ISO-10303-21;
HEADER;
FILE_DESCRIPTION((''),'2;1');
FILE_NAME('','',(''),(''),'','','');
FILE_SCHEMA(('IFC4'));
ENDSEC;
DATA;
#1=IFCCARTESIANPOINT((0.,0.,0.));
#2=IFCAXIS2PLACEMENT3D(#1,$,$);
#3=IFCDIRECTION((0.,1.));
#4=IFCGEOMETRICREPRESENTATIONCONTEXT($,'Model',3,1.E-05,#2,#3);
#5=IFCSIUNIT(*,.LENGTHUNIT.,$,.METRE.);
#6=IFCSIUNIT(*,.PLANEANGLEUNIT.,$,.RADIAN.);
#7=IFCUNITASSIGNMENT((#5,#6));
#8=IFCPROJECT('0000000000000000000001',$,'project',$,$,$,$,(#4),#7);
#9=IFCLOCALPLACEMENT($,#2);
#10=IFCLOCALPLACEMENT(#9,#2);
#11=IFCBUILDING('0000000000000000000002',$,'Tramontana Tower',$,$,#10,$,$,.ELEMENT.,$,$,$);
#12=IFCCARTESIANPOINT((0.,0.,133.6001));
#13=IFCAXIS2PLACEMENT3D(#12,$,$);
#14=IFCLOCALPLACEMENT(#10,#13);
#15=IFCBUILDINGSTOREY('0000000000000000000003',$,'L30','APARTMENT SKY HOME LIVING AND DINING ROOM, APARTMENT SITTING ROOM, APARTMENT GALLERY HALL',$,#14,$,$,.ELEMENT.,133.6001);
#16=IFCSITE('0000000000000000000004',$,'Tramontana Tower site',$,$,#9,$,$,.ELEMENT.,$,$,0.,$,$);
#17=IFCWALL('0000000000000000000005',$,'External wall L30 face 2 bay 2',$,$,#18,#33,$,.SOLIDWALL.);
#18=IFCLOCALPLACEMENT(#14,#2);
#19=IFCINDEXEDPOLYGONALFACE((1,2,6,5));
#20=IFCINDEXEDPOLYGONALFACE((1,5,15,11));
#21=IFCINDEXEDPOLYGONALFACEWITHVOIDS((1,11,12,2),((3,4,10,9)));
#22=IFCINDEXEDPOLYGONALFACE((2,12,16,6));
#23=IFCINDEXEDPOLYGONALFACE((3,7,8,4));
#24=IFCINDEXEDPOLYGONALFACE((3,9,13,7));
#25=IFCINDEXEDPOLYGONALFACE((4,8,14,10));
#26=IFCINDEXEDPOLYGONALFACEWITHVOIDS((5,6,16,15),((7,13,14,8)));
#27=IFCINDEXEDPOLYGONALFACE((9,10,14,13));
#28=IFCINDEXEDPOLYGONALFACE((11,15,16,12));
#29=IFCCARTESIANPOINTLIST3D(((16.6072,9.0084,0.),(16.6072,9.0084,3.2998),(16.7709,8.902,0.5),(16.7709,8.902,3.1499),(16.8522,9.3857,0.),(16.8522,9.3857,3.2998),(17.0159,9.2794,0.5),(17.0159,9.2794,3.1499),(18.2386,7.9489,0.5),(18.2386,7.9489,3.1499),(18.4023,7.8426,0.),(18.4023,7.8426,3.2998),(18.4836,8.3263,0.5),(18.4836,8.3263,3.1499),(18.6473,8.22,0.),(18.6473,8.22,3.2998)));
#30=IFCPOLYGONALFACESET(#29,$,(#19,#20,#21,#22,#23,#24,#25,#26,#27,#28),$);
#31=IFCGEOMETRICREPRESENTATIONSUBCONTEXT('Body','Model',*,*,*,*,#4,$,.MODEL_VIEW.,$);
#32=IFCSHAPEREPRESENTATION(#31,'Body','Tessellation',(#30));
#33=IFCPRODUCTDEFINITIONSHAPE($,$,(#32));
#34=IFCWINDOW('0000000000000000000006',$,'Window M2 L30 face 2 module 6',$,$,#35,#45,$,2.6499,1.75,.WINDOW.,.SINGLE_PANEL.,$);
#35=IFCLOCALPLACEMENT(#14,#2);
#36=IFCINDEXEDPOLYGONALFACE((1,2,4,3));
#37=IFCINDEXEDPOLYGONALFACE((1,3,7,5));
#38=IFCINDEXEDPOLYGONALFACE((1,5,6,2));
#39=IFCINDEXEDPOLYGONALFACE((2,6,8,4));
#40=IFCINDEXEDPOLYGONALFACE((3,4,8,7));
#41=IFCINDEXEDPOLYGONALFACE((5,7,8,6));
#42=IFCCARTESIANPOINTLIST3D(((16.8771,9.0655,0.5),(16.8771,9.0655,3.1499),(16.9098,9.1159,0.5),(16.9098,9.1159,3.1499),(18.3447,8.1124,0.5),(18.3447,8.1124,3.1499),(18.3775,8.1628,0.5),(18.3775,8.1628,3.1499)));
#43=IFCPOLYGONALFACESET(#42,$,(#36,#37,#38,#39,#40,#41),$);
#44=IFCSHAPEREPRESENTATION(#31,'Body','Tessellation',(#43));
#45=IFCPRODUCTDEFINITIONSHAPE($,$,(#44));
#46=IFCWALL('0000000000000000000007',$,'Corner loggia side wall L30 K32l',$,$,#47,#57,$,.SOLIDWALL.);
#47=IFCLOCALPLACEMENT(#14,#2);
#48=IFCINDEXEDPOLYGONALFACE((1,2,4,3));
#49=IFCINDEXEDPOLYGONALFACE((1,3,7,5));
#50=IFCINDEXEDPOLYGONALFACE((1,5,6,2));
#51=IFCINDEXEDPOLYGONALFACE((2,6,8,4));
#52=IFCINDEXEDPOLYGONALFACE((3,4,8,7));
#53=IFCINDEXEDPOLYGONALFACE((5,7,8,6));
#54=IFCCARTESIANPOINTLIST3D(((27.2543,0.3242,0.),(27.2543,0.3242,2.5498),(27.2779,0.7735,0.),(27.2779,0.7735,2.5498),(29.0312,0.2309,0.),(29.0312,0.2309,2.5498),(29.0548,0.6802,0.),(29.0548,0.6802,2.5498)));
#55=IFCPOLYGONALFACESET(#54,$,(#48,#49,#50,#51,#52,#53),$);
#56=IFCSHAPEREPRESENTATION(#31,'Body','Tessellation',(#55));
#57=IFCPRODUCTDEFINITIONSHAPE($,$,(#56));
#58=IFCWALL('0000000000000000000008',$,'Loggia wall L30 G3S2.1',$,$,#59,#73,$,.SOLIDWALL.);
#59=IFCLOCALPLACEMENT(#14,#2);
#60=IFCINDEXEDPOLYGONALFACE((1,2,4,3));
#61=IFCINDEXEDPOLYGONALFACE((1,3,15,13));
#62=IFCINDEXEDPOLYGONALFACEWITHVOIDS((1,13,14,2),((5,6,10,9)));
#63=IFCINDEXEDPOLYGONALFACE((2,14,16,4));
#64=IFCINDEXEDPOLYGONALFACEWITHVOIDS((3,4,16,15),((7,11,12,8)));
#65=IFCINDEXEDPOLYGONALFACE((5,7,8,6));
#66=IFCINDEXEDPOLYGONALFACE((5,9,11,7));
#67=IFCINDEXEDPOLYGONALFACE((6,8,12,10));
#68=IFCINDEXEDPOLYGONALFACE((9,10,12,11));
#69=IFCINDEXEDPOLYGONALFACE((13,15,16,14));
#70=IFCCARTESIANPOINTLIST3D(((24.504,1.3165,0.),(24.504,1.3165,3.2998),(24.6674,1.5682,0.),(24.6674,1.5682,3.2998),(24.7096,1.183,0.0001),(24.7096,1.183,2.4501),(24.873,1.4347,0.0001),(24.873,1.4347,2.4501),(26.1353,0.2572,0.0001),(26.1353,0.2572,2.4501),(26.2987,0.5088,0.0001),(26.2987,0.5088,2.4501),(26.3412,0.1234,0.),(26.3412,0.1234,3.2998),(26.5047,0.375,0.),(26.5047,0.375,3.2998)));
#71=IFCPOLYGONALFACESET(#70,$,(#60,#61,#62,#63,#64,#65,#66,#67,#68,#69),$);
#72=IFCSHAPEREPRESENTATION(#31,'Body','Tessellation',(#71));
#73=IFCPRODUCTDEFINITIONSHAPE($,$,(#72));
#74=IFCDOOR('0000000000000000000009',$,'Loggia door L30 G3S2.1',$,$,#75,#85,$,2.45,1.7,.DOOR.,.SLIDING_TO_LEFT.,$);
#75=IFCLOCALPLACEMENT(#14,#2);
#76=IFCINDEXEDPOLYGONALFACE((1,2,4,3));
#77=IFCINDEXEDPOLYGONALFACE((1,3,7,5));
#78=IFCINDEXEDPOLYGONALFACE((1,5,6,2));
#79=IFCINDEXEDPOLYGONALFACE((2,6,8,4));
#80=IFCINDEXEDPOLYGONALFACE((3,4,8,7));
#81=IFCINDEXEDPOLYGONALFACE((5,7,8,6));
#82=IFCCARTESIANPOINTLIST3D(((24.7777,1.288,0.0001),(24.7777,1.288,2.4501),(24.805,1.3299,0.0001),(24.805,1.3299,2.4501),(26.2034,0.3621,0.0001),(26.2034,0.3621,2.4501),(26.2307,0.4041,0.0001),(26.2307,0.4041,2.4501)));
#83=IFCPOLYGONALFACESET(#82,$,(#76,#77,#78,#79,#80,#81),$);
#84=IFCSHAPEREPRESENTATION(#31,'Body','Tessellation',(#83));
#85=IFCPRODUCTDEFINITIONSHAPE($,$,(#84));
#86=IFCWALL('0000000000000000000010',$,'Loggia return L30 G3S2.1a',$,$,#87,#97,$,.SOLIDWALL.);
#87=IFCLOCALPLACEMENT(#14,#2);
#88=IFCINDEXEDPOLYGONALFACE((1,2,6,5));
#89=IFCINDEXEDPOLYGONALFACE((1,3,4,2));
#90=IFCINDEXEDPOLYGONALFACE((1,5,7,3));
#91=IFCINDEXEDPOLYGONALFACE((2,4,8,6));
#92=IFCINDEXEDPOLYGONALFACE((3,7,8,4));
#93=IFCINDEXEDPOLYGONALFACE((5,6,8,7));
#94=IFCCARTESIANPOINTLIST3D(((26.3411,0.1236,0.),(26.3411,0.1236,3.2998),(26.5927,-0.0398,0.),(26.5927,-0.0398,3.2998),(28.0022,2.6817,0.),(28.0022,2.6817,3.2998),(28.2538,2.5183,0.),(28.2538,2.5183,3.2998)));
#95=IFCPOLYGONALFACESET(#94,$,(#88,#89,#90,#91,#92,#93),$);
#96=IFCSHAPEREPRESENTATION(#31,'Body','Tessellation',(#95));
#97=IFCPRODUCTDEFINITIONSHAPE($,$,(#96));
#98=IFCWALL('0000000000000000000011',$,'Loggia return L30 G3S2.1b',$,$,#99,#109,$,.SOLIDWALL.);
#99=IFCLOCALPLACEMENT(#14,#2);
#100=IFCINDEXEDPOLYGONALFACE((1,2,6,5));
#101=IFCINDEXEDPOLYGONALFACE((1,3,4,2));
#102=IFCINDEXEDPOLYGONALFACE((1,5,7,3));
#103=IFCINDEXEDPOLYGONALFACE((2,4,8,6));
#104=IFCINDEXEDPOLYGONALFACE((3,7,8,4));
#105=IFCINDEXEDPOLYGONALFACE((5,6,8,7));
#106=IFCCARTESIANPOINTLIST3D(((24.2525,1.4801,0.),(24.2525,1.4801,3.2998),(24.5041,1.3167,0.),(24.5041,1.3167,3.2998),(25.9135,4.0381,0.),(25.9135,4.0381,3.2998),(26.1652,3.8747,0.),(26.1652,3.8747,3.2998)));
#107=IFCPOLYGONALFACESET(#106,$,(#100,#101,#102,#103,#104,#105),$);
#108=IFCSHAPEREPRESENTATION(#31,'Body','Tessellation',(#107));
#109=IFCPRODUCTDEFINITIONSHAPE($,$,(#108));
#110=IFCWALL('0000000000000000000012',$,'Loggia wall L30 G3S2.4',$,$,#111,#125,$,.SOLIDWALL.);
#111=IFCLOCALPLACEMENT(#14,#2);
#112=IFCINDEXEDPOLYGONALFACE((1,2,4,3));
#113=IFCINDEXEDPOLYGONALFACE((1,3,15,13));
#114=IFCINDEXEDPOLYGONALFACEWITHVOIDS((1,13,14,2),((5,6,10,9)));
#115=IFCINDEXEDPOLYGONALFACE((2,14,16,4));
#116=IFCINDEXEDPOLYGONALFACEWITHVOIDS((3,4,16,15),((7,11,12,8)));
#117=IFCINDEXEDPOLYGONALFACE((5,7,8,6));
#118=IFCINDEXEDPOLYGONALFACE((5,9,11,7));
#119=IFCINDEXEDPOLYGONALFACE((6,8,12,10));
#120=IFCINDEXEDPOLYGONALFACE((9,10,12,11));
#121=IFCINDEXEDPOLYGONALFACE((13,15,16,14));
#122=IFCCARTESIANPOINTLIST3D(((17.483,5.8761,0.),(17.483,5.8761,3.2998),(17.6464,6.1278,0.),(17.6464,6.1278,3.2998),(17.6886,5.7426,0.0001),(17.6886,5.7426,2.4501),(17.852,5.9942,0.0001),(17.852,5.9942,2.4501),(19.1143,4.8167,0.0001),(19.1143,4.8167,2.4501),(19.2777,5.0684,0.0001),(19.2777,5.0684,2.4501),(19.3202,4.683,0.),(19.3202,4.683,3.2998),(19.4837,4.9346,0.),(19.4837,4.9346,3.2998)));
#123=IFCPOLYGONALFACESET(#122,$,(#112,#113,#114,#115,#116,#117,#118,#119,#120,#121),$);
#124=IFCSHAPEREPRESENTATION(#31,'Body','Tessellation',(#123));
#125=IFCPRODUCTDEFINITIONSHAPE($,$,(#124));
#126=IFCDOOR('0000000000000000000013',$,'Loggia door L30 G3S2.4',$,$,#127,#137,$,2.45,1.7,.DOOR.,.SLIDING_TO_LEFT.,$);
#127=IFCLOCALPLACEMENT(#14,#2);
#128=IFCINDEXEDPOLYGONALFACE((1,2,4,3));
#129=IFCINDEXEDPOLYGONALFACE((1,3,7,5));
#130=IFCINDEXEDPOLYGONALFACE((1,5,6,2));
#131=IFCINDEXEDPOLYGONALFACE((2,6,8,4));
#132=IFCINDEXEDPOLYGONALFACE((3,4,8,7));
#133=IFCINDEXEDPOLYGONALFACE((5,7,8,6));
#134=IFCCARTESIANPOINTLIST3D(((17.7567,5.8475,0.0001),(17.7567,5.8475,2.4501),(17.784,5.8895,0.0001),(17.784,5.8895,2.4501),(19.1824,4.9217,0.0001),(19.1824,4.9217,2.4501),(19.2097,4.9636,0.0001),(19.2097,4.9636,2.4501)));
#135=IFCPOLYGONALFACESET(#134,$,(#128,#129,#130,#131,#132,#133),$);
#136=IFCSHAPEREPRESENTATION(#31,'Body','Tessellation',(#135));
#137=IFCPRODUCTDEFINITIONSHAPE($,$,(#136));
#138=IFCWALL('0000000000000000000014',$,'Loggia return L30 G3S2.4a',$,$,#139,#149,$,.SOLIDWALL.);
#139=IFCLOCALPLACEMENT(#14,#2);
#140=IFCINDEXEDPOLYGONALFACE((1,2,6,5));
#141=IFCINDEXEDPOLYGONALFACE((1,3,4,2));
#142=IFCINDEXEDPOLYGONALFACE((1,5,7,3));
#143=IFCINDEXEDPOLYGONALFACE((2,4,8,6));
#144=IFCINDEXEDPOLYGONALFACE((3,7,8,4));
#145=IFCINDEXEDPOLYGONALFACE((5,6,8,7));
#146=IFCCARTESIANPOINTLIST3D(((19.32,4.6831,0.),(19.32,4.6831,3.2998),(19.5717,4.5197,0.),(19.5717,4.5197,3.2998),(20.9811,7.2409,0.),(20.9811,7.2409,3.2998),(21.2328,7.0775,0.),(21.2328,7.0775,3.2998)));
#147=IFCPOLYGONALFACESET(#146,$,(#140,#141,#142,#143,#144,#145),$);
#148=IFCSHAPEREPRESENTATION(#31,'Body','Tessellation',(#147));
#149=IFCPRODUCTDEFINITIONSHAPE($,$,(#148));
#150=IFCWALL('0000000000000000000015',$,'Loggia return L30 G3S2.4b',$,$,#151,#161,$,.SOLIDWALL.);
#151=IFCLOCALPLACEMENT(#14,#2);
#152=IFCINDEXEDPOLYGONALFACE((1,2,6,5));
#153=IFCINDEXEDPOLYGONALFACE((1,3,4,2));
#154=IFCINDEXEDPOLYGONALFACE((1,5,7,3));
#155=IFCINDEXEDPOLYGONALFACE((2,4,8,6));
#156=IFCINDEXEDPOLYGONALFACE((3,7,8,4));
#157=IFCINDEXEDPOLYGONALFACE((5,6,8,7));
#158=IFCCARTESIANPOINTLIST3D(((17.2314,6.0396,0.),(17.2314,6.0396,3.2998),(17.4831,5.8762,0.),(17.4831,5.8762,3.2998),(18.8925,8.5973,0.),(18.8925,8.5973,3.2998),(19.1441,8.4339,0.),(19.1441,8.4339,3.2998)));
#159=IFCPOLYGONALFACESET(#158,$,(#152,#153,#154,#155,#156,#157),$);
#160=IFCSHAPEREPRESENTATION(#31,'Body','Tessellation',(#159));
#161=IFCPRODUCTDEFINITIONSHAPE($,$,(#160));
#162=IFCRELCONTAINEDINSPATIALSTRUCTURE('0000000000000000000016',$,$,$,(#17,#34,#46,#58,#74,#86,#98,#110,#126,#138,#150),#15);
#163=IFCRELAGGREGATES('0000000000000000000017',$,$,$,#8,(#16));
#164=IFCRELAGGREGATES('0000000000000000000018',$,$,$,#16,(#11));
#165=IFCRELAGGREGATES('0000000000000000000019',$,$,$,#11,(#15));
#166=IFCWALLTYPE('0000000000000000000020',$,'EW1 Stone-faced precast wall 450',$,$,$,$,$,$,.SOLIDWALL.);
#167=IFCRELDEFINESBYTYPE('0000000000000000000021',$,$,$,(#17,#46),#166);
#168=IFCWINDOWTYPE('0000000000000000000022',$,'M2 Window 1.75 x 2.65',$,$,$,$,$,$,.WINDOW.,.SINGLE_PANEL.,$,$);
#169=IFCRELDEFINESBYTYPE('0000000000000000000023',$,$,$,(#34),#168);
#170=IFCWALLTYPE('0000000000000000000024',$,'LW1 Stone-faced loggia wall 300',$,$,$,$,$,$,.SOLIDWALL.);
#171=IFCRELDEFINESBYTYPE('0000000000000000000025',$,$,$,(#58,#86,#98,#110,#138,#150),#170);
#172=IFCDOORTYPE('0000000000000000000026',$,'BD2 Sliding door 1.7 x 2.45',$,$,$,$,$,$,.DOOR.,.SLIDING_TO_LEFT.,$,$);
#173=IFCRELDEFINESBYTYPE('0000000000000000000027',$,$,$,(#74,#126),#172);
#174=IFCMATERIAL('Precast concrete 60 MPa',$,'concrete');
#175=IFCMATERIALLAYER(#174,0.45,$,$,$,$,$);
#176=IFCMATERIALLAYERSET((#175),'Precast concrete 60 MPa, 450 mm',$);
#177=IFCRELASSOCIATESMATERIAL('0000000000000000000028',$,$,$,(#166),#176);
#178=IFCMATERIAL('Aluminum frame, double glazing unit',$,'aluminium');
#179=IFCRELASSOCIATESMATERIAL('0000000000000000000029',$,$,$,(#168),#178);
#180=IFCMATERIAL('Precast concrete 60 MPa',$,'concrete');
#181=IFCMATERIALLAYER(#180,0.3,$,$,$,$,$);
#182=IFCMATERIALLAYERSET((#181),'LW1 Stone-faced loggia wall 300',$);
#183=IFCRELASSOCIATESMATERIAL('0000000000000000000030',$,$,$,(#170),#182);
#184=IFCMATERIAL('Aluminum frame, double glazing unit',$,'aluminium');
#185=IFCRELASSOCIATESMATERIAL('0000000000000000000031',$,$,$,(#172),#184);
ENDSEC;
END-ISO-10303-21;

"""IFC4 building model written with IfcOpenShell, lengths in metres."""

from ifc_helpers import new_model, si_unit, direction, frame, frame_2d, origin, place, context, subcontext, project, spatial, rectangle, extrude, material, layer, layer_set, type_object, element, fill, save


model = new_model("IFC4")

# Units and contexts
model_context = context("Model", 3, precision=1e-05, world=origin(), true_north=direction((0.0, 1.0)))
body_context = subcontext(model_context, "Body", "Model", "MODEL_VIEW")
ifc_project = project(units=[si_unit("LENGTHUNIT", "METRE"), si_unit("PLANEANGLEUNIT", "RADIAN")], contexts=[model_context])

# Site, building, storey
site_placement = place(None, origin())
site = spatial("IfcSite", under=ifc_project, at=site_placement, Name="Tramontana Tower site", CompositionType="ELEMENT", RefElevation=0.0)
building_placement = place(site_placement, origin())
building = spatial("IfcBuilding", under=site, at=building_placement, Name="Tramontana Tower", CompositionType="ELEMENT")
storey_placement = place(building_placement, frame((0.0, 0.0, 133.6001)))
storey = spatial("IfcBuildingStorey", under=building, at=storey_placement, Name="L30", Description="APARTMENT SKY HOME LIVING AND DINING ROOM, APARTMENT SITTING ROOM, APARTMENT GALLERY HALL", CompositionType="ELEMENT", Elevation=133.6001)

# Wall, opening, window
ifc_material_1 = material(Name="Precast concrete 60 MPa", Category="concrete")
ifc_layer_1 = layer(ifc_material_1, 0.45)
ifc_layer_set_1 = layer_set([ifc_layer_1], Name="Precast concrete 60 MPa, 450 mm")
wall_type_1 = type_object("IfcWallType", Name="EW1 Stone-faced precast wall 450", PredefinedType="SOLIDWALL", material=ifc_layer_set_1)
ifc_material_2 = material(Name="Aluminum frame, double glazing unit", Category="aluminium")
window_type_1 = type_object("IfcWindowType", Name="M2 Window 1.75 x 2.65", PartitioningType="SINGLE_PANEL", PredefinedType="WINDOW", material=ifc_material_2)
wall_1_placement = place(storey_placement, frame((18.5249, 8.0312, 0.0), z_axis=(0.0, 0.0, 1.0), x_axis=(-0.838675, 0.544631, 0.0)))
wall_1 = element("IfcWall", 1, at=wall_1_placement, inside=storey, type_object=wall_type_1, Name="External wall L30 face 2 bay 2", PredefinedType="SOLIDWALL", context=body_context, shape_type="SweptSolid", body=[
    extrude(rectangle(XDim=2.1404, YDim=0.45, at=frame_2d((1.0703, 0.0))), origin(), (0.0, 0.0, 1.0), 3.2998),
])
opening_1_placement = place(wall_1_placement, frame((0.1953, 0.0, 0.5)))
opening_1 = element("IfcOpeningElement", 2, at=opening_1_placement, cuts=wall_1, PredefinedType="OPENING", context=body_context, shape_type="SweptSolid", body=[
    extrude(rectangle(XDim=1.75, YDim=2.6499, at=frame_2d((0.875, 1.325))), frame((0.0, 0.2349, 0.0), z_axis=(0.0, -1.0, 0.0), x_axis=(1.0, 0.0, 0.0)), (0.0, 0.0, 1.0), 0.47),
])
window_1_placement = place(opening_1_placement, origin())
window_1 = element("IfcWindow", 3, at=window_1_placement, inside=storey, type_object=window_type_1, Name="Window M2 L30 face 2 module 6", OverallHeight=2.6499, OverallWidth=1.75, PartitioningType="SINGLE_PANEL", PredefinedType="WINDOW", context=body_context, shape_type="SweptSolid", body=[
    extrude(rectangle(XDim=1.75, YDim=2.6499, at=frame_2d((0.875, 1.325))), frame((0.0, 0.03, 0.0), z_axis=(0.0, -1.0, 0.0), x_axis=(1.0, 0.0, 0.0)), (0.0, 0.0, 1.0), 0.0601),
])
fill(opening_1, window_1)

# Wall
wall_2_placement = place(storey_placement, frame((29.043, 0.4556, 0.0), z_axis=(0.0, 0.0, 1.0), x_axis=(-0.998625, 0.052415, 0.0)))
element("IfcWall", 4, at=wall_2_placement, inside=storey, type_object=wall_type_1, Name="Corner loggia side wall L30 K32l", PredefinedType="SOLIDWALL", context=body_context, shape_type="SweptSolid", body=[
    extrude(rectangle(XDim=1.7793, YDim=0.45, at=frame_2d((0.8896, 0.0))), origin(), (0.0, 0.0, 1.0), 2.5498),
])

# Wall, opening, door
ifc_material_3 = material(Name="Precast concrete 60 MPa", Category="concrete")
ifc_layer_2 = layer(ifc_material_3, 0.3)
ifc_layer_set_2 = layer_set([ifc_layer_2], Name="LW1 Stone-faced loggia wall 300")
wall_type_2 = type_object("IfcWallType", Name="LW1 Stone-faced loggia wall 300", PredefinedType="SOLIDWALL", material=ifc_layer_set_2)
wall_3_placement = place(storey_placement, frame((26.4229, 0.2493, 0.0), z_axis=(0.0, 0.0, 1.0), x_axis=(-0.83866, 0.544655, 0.0)))
wall_3 = element("IfcWall", 5, at=wall_3_placement, inside=storey, type_object=wall_type_2, Name="Loggia wall L30 G3S2.1", PredefinedType="SOLIDWALL", context=body_context, shape_type="SweptSolid", body=[
    extrude(rectangle(XDim=2.1907, YDim=0.3, at=frame_2d((1.0952, 0.0))), origin(), (0.0, 0.0, 1.0), 3.2998),
])
opening_2_placement = place(wall_3_placement, frame((0.2454, 0.0, 0.0)))
opening_2 = element("IfcOpeningElement", 6, at=opening_2_placement, cuts=wall_3, PredefinedType="OPENING", context=body_context, shape_type="SweptSolid", body=[
    extrude(rectangle(XDim=1.7, YDim=2.45, at=frame_2d((0.8501, 1.2251))), frame((0.0, 0.1599, 0.0), z_axis=(0.0, -1.0, 0.0), x_axis=(1.0, 0.0, 0.0)), (0.0, 0.0, 1.0), 0.3201),
])
ifc_material_4 = material(Name="Aluminum frame, double glazing unit", Category="aluminium")
door_type_1 = type_object("IfcDoorType", Name="BD2 Sliding door 1.7 x 2.45", OperationType="SLIDING_TO_LEFT", PredefinedType="DOOR", material=ifc_material_4)
door_1_placement = place(opening_2_placement, origin())
door_1 = element("IfcDoor", 7, at=door_1_placement, inside=storey, type_object=door_type_1, Name="Loggia door L30 G3S2.1", OperationType="SLIDING_TO_LEFT", OverallHeight=2.45, OverallWidth=1.7, PredefinedType="DOOR", context=body_context, shape_type="SweptSolid", body=[
    extrude(rectangle(XDim=1.7, YDim=2.45, at=frame_2d((0.8501, 1.2251))), frame((0.0, 0.0249, 0.0), z_axis=(0.0, -1.0, 0.0), x_axis=(1.0, 0.0, 0.0)), (0.0, 0.0, 1.0), 0.05),
])
fill(opening_2, door_1)

# Walls
for number, where, z_axis, x_axis, name in (
    (8, (28.1279, 2.5999, 0.0), (0.0, 0.0, 1.0), (-0.544611, -0.838689, 0.0), "Loggia return L30 G3S2.1a"),
    (9, (26.0393, 3.9563, 0.0), (0.0, 0.0, 1.0), (-0.544611, -0.838689, 0.0), "Loggia return L30 G3S2.1b"),
):
    element("IfcWall", number, at=place(storey_placement, frame(where, z_axis=z_axis, x_axis=x_axis)), inside=storey, type_object=wall_type_2, Name=name, PredefinedType="SOLIDWALL", context=body_context, shape_type="SweptSolid", body=[
        extrude(rectangle(XDim=3.05, YDim=0.3, at=frame_2d((1.5249, 0.0))), origin(), (0.0, 0.0, 1.0), 3.2998),
    ])

# Wall, opening, door
wall_4_placement = place(storey_placement, frame((19.4019, 4.8088, 0.0), z_axis=(0.0, 0.0, 1.0), x_axis=(-0.83866, 0.544655, 0.0)))
wall_4 = element("IfcWall", 10, at=wall_4_placement, inside=storey, type_object=wall_type_2, Name="Loggia wall L30 G3S2.4", PredefinedType="SOLIDWALL", context=body_context, shape_type="SweptSolid", body=[
    extrude(rectangle(XDim=2.1907, YDim=0.3, at=frame_2d((1.0952, 0.0))), origin(), (0.0, 0.0, 1.0), 3.2998),
])
opening_3_placement = place(wall_4_placement, frame((0.2454, 0.0, 0.0)))
opening_3 = element("IfcOpeningElement", 11, at=opening_3_placement, cuts=wall_4, PredefinedType="OPENING", context=body_context, shape_type="SweptSolid", body=[
    extrude(rectangle(XDim=1.7, YDim=2.45, at=frame_2d((0.8501, 1.2251))), frame((0.0, 0.1599, 0.0), z_axis=(0.0, -1.0, 0.0), x_axis=(1.0, 0.0, 0.0)), (0.0, 0.0, 1.0), 0.3201),
])
door_2_placement = place(opening_3_placement, origin())
door_2 = element("IfcDoor", 12, at=door_2_placement, inside=storey, type_object=door_type_1, Name="Loggia door L30 G3S2.4", OperationType="SLIDING_TO_LEFT", OverallHeight=2.45, OverallWidth=1.7, PredefinedType="DOOR", context=body_context, shape_type="SweptSolid", body=[
    extrude(rectangle(XDim=1.7, YDim=2.45, at=frame_2d((0.8501, 1.2251))), frame((0.0, 0.0249, 0.0), z_axis=(0.0, -1.0, 0.0), x_axis=(1.0, 0.0, 0.0)), (0.0, 0.0, 1.0), 0.05),
])
fill(opening_3, door_2)

# Walls
for number, where, z_axis, x_axis, name in (
    (13, (21.1069, 7.1592, 0.0), (0.0, 0.0, 1.0), (-0.544648, -0.838665, 0.0), "Loggia return L30 G3S2.4a"),
    (14, (19.0183, 8.5156, 0.0), (0.0, 0.0, 1.0), (-0.544648, -0.838665, 0.0), "Loggia return L30 G3S2.4b"),
):
    element("IfcWall", number, at=place(storey_placement, frame(where, z_axis=z_axis, x_axis=x_axis)), inside=storey, type_object=wall_type_2, Name=name, PredefinedType="SOLIDWALL", context=body_context, shape_type="SweptSolid", body=[
        extrude(rectangle(XDim=3.0498, YDim=0.3, at=frame_2d((1.5249, 0.0))), origin(), (0.0, 0.0, 1.0), 3.2998),
    ])

save(model, "model.ifc")
